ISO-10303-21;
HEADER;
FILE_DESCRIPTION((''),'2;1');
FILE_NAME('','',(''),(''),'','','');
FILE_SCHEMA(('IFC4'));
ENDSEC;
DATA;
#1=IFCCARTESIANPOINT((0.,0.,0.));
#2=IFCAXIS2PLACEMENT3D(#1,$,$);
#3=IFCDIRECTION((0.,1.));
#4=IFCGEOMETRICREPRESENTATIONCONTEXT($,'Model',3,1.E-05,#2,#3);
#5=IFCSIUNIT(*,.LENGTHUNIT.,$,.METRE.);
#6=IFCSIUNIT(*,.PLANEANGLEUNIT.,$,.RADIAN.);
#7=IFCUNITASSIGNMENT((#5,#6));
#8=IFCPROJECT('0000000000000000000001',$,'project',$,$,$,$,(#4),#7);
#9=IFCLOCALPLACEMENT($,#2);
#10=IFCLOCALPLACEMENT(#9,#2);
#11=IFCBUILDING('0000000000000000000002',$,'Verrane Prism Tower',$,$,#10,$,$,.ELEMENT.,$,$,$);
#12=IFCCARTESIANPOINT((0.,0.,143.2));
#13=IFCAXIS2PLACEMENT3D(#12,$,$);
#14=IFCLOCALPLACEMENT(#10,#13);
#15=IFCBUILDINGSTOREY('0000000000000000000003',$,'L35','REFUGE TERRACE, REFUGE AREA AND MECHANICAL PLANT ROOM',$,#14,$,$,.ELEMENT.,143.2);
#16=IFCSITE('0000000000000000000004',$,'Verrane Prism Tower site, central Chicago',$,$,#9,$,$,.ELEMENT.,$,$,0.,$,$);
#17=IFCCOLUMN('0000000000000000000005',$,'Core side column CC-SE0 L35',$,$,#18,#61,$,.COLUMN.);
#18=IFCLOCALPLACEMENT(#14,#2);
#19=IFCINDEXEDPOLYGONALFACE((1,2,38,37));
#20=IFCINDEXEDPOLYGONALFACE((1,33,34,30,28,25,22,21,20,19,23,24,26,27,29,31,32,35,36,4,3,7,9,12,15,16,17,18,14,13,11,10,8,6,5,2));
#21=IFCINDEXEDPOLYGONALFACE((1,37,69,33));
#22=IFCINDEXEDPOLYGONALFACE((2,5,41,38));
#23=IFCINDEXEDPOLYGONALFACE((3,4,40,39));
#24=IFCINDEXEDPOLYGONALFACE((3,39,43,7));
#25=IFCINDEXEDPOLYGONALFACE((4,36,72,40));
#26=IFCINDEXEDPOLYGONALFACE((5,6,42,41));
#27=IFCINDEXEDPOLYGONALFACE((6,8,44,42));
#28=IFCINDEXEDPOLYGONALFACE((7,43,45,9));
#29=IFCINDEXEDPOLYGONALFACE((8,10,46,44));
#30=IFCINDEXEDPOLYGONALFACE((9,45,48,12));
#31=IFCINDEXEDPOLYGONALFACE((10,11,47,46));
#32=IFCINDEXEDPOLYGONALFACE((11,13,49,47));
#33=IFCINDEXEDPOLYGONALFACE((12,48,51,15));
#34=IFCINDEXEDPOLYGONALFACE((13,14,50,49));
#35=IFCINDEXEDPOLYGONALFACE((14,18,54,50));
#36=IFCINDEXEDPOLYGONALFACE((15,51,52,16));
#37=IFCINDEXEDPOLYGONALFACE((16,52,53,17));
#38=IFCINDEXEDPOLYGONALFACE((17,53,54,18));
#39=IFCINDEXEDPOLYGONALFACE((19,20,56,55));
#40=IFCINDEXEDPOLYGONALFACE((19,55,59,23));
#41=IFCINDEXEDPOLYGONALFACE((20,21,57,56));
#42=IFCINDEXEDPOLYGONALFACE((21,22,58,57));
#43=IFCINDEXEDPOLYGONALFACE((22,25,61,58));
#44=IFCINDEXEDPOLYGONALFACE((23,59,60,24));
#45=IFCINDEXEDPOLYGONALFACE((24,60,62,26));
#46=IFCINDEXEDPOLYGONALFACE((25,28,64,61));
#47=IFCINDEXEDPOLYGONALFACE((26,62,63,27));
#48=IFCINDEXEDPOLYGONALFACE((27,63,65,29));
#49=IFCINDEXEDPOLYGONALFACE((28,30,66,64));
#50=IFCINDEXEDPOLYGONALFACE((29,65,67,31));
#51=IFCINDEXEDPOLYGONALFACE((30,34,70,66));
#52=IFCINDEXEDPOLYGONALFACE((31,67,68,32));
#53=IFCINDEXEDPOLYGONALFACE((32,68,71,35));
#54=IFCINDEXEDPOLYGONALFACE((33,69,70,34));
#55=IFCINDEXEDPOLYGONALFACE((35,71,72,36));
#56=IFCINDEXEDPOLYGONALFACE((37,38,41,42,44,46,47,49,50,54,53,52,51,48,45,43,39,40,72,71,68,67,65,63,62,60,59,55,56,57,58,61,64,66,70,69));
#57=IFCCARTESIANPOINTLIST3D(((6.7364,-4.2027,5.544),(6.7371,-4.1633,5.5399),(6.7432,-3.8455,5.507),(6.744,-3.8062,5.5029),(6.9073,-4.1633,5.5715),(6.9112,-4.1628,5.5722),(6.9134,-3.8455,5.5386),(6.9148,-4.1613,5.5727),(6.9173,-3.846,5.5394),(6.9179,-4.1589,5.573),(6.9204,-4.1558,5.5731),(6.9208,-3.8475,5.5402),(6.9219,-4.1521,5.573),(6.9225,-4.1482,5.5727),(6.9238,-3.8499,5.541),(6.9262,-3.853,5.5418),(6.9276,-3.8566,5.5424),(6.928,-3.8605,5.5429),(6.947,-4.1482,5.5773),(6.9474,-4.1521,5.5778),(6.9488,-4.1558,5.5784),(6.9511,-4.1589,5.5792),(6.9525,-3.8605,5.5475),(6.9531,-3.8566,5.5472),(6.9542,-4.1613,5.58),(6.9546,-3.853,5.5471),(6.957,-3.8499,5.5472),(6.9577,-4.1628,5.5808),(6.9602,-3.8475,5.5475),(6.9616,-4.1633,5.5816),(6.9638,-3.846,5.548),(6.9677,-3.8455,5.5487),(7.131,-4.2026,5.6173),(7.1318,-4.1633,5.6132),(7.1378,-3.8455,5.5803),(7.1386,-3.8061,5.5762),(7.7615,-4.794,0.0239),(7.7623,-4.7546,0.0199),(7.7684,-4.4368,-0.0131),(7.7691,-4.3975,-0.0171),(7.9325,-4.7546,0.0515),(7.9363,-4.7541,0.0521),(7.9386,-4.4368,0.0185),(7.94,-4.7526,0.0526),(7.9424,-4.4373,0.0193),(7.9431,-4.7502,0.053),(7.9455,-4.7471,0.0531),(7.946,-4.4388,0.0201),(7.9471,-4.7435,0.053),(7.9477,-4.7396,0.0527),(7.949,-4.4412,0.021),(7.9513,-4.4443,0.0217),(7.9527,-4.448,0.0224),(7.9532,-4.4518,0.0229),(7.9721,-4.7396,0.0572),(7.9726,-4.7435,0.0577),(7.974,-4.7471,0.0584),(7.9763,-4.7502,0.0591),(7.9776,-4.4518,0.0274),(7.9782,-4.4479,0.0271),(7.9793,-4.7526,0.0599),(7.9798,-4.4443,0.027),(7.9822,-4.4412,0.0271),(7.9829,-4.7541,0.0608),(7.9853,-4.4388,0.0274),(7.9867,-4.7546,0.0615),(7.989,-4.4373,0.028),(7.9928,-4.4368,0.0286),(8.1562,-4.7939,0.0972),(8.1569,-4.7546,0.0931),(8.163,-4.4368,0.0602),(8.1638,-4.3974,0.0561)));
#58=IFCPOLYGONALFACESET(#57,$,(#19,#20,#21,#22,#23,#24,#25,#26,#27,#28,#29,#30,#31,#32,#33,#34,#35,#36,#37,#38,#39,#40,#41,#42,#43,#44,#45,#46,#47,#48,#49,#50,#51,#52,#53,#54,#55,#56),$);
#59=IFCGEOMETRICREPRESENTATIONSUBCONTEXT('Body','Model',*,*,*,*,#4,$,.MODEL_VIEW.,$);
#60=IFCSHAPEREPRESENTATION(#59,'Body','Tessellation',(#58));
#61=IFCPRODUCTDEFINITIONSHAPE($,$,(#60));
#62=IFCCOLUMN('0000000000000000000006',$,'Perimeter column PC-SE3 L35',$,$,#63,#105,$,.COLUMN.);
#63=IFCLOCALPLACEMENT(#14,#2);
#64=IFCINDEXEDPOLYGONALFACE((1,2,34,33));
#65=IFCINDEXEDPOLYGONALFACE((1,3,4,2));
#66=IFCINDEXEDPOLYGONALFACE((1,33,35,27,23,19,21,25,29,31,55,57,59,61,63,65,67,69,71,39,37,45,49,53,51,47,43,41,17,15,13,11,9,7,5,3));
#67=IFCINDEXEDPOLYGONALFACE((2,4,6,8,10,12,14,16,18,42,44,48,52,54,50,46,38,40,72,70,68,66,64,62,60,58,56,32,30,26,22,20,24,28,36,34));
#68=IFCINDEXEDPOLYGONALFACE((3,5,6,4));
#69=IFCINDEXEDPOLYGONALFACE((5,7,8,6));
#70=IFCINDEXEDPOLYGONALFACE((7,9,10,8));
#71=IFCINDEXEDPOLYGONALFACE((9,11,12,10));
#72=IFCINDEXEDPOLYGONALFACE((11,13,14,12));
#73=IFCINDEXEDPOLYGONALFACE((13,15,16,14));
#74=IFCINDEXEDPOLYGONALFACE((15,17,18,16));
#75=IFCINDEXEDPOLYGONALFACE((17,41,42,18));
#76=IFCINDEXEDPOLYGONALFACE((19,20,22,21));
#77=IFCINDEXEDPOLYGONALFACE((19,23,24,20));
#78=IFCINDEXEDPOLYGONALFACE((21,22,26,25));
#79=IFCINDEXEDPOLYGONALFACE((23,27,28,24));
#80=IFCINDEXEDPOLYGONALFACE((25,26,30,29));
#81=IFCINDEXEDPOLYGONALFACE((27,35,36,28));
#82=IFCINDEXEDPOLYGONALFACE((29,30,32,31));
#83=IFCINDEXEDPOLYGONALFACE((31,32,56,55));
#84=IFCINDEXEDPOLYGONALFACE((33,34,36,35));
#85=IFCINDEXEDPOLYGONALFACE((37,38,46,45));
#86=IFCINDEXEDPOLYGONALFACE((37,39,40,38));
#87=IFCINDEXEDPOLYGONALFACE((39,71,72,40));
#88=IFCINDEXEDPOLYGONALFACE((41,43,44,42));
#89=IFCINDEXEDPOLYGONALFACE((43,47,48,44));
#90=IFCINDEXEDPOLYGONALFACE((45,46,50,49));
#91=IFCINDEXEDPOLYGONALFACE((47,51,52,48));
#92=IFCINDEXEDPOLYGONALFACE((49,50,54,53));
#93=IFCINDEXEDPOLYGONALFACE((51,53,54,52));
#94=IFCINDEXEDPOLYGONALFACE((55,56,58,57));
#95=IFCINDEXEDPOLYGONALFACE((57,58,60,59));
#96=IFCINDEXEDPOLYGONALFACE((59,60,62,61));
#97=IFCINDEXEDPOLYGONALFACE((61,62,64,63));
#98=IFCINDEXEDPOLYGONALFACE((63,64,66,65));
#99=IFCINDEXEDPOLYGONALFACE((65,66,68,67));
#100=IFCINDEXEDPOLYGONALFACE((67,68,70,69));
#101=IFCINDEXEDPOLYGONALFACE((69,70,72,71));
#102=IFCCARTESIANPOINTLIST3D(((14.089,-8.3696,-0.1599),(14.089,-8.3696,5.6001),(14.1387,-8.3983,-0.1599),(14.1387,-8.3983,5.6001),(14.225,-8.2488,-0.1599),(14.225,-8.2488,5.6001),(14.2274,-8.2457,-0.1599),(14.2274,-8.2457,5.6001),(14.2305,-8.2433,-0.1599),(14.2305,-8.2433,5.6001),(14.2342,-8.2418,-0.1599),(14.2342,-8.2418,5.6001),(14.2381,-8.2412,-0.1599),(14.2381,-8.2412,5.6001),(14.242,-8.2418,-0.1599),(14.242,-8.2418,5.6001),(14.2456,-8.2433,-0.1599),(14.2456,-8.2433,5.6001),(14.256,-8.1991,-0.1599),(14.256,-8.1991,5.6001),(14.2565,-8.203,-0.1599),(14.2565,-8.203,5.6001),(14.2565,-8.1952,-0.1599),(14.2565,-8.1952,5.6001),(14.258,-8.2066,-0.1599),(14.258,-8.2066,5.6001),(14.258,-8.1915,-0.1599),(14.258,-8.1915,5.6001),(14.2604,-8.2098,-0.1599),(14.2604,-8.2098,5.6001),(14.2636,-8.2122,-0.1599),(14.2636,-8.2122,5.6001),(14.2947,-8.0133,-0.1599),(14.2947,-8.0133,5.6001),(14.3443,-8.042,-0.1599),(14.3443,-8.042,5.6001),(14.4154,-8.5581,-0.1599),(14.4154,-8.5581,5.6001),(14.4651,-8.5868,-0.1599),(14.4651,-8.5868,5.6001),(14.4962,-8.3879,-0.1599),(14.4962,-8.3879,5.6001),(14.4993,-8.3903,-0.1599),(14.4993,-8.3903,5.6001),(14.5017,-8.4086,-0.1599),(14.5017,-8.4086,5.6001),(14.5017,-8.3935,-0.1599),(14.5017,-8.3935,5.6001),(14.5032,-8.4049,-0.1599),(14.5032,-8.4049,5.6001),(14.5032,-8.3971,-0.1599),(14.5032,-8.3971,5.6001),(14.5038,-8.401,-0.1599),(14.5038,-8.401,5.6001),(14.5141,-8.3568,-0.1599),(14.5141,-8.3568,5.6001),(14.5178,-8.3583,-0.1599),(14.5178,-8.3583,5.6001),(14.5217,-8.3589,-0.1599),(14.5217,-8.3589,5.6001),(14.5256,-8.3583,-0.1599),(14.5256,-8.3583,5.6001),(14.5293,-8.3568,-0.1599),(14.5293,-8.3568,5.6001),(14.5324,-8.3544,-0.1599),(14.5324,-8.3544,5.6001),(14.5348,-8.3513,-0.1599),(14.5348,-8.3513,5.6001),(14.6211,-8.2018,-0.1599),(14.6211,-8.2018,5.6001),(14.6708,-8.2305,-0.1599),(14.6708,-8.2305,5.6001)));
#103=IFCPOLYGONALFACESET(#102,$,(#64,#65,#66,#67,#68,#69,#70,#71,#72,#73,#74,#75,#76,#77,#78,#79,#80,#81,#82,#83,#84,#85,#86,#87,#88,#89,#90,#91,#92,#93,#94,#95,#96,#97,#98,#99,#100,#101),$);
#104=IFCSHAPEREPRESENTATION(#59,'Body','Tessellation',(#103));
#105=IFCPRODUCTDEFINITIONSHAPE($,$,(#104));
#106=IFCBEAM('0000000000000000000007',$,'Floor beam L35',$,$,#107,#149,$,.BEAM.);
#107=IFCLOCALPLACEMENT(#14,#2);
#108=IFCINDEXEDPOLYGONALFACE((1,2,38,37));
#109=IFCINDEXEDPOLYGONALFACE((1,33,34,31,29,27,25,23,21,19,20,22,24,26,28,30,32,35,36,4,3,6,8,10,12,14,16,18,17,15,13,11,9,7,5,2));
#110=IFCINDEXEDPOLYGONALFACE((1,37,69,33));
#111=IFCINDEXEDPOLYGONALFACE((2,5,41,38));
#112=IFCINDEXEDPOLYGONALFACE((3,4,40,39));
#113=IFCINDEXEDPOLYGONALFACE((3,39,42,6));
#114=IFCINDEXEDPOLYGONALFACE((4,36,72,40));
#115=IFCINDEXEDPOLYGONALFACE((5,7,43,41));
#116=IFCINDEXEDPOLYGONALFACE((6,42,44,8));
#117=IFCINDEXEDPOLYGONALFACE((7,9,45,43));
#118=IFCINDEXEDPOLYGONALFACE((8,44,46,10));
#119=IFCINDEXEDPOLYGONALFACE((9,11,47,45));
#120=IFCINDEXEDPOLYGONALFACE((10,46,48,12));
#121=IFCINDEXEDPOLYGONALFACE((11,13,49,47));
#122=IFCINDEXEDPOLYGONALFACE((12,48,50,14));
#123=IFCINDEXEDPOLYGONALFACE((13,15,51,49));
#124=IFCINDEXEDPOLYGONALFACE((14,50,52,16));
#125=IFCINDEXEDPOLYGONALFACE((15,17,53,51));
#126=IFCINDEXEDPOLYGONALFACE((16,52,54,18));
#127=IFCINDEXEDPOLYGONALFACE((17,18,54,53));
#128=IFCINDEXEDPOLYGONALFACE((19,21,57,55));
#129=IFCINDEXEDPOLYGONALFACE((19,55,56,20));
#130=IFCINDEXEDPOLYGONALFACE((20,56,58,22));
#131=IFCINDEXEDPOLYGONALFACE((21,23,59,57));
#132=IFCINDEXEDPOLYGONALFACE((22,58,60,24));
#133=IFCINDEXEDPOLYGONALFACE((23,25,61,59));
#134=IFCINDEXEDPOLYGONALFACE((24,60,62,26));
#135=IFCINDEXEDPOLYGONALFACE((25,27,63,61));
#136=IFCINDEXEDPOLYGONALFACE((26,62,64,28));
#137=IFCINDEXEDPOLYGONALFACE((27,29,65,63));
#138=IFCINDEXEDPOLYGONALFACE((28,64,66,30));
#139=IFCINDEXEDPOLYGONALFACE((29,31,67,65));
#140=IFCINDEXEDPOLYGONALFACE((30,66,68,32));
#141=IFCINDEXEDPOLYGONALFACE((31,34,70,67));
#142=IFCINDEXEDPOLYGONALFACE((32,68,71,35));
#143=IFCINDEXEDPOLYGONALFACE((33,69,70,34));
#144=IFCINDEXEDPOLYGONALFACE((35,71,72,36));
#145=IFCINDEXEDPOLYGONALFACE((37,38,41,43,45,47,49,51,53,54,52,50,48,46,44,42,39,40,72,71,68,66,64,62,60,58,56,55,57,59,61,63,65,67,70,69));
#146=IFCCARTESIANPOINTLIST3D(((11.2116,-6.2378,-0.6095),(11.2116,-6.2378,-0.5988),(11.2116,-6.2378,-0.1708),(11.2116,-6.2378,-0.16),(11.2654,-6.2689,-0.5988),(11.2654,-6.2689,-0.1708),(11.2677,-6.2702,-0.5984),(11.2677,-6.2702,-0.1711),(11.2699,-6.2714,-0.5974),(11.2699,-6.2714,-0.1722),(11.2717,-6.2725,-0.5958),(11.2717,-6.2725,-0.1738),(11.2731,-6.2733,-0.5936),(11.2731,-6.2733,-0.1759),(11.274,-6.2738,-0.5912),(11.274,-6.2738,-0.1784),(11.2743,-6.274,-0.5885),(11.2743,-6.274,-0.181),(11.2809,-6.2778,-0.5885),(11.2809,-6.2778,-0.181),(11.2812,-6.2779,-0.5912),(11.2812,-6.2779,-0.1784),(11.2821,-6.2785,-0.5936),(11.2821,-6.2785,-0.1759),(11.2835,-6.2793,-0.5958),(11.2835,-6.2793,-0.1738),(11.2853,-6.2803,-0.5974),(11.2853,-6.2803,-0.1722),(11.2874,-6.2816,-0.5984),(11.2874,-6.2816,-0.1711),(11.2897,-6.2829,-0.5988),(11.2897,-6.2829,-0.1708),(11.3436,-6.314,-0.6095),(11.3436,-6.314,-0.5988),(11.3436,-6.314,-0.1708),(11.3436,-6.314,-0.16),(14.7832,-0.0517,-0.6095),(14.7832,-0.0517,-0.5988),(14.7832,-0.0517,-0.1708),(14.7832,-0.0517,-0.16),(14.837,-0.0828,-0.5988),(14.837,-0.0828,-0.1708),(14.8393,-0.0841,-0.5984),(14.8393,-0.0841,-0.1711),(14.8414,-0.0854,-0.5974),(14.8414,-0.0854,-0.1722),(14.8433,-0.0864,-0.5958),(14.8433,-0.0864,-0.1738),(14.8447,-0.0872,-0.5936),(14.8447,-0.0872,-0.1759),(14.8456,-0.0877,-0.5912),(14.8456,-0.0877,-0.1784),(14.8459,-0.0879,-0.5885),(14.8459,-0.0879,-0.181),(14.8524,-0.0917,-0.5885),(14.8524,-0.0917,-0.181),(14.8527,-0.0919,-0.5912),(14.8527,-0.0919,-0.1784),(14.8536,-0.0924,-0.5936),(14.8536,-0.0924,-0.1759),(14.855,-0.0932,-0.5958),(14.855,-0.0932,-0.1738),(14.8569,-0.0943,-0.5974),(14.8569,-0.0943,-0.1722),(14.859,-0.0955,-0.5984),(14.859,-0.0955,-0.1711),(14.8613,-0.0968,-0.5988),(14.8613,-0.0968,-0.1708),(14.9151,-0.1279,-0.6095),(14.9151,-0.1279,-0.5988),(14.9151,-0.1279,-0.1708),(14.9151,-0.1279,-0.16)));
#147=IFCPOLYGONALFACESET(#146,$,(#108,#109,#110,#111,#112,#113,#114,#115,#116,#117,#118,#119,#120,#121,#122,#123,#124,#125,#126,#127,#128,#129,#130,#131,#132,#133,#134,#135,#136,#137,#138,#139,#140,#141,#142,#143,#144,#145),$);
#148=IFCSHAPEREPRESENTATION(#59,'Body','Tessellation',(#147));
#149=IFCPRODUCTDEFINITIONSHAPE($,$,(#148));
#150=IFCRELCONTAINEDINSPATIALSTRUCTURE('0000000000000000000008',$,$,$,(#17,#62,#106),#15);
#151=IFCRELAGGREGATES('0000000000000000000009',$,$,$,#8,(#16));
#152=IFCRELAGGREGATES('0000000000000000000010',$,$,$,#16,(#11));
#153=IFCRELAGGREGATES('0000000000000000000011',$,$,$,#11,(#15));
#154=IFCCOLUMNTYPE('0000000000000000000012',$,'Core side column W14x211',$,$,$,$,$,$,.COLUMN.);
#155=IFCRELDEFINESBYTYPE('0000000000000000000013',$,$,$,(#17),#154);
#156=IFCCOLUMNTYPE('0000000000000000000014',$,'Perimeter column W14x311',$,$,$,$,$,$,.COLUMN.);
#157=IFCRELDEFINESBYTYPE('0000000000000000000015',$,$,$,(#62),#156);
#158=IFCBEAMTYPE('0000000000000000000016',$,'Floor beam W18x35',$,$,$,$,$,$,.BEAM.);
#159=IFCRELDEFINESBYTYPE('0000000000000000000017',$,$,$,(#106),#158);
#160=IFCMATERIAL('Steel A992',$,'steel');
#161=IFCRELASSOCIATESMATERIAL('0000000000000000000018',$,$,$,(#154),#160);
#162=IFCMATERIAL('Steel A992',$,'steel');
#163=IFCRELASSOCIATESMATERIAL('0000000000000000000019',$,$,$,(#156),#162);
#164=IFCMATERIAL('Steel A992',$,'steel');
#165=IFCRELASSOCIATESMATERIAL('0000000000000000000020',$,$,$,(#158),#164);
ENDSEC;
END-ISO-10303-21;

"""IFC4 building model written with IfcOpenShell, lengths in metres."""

from ifc_helpers import new_model, si_unit, direction, frame, origin, origin_2d, place, context, subcontext, project, spatial, i_section, extrude, material, material_profile, profile_set, type_object, element, save


model = new_model("IFC4")

# Units and contexts
model_context = context("Model", 3, precision=1e-05, world=origin(), true_north=direction((0.0, 1.0)))
body_context = subcontext(model_context, "Body", "Model", "MODEL_VIEW")
ifc_project = project(units=[si_unit("LENGTHUNIT", "METRE"), si_unit("PLANEANGLEUNIT", "RADIAN")], contexts=[model_context])

# Site, building, storey
site_placement = place(None, origin())
site = spatial("IfcSite", under=ifc_project, at=site_placement, Name="Verrane Prism Tower site, central Chicago", CompositionType="ELEMENT", RefElevation=0.0)
building_placement = place(site_placement, origin())
building = spatial("IfcBuilding", under=site, at=building_placement, Name="Verrane Prism Tower", CompositionType="ELEMENT")
storey_placement = place(building_placement, frame((0.0, 0.0, 143.2)))
storey = spatial("IfcBuildingStorey", under=building, at=storey_placement, Name="L35", Description="REFUGE TERRACE, REFUGE AREA AND MECHANICAL PLANT ROOM", CompositionType="ELEMENT", Elevation=143.2)

# Columns
ifc_material_1 = material(Name="Steel A992", Category="steel")
ifc_material_profile_1 = material_profile(ifc_material_1, i_section(OverallWidth=0.4014, OverallDepth=0.3987, WebThickness=0.0249, FlangeThickness=0.0396, FilletRadius=0.0151, at=origin_2d()), Name="W14x211")
ifc_profile_set_1 = profile_set([ifc_material_profile_1], Name="Steel A992")
column_type_1 = type_object("IfcColumnType", Name="Core side column W14x211", PredefinedType="COLUMN", material=ifc_profile_set_1)
column_1_placement = place(storey_placement, frame((7.9626, -4.5957, 0.04), z_axis=(-0.181588, 0.104741, 0.977781), x_axis=(0.98319, 0.000087, 0.182583)))
element("IfcColumn", 1, at=column_1_placement, inside=storey, type_object=column_type_1, Name="Core side column CC-SE0 L35", PredefinedType="COLUMN", context=body_context, shape_type="SweptSolid", body=[
    extrude(i_section(OverallWidth=0.4014, OverallDepth=0.3987, WebThickness=0.0249, FlangeThickness=0.0396, FilletRadius=0.0151, at=origin_2d()), origin(), (0.0, 0.0, 1.0), 5.6455),
])
ifc_material_2 = material(Name="Steel A992", Category="steel")
ifc_material_profile_2 = material_profile(ifc_material_2, i_section(OverallWidth=0.4114, OverallDepth=0.4343, WebThickness=0.0359, FlangeThickness=0.0574, FilletRadius=0.0151, at=origin_2d()), Name="W14x311")
ifc_profile_set_2 = profile_set([ifc_material_profile_2], Name="Steel A992")
column_type_2 = type_object("IfcColumnType", Name="Perimeter column W14x311", PredefinedType="COLUMN", material=ifc_profile_set_2)
column_2_placement = place(storey_placement, frame((14.3799, -8.3, -0.1599), z_axis=(0.0, 0.0, 1.0), x_axis=(-0.5, -0.866025, 0.0)))
element("IfcColumn", 2, at=column_2_placement, inside=storey, type_object=column_type_2, Name="Perimeter column PC-SE3 L35", PredefinedType="COLUMN", context=body_context, shape_type="SweptSolid", body=[
    extrude(i_section(OverallWidth=0.4114, OverallDepth=0.4343, WebThickness=0.0359, FlangeThickness=0.0574, FilletRadius=0.0151, at=origin_2d()), origin(), (0.0, 0.0, 1.0), 5.76),
])

# Beam
ifc_material_3 = material(Name="Steel A992", Category="steel")
ifc_material_profile_3 = material_profile(ifc_material_3, i_section(OverallWidth=0.1523, OverallDepth=0.4495, WebThickness=0.0076, FlangeThickness=0.0107, FilletRadius=0.0103, at=origin_2d()), Name="W18x35")
ifc_profile_set_3 = profile_set([ifc_material_profile_3], Name="Steel A992")
beam_type_1 = type_object("IfcBeamType", Name="Floor beam W18x35", PredefinedType="BEAM", material=ifc_profile_set_3)
beam_1_placement = place(storey_placement, frame((11.2776, -6.2759, -0.3848), z_axis=(0.500003, 0.866024, 0.0), x_axis=(-0.866024, 0.500003, 0.0)))
element("IfcBeam", 3, at=beam_1_placement, inside=storey, type_object=beam_type_1, Name="Floor beam L35", PredefinedType="BEAM", context=body_context, shape_type="SweptSolid", body=[
    extrude(i_section(OverallWidth=0.1523, OverallDepth=0.4495, WebThickness=0.0076, FlangeThickness=0.0107, FilletRadius=0.0103, at=origin_2d()), origin(), (0.0, 0.0, 1.0), 7.1431),
])

save(model, "model.ifc")
